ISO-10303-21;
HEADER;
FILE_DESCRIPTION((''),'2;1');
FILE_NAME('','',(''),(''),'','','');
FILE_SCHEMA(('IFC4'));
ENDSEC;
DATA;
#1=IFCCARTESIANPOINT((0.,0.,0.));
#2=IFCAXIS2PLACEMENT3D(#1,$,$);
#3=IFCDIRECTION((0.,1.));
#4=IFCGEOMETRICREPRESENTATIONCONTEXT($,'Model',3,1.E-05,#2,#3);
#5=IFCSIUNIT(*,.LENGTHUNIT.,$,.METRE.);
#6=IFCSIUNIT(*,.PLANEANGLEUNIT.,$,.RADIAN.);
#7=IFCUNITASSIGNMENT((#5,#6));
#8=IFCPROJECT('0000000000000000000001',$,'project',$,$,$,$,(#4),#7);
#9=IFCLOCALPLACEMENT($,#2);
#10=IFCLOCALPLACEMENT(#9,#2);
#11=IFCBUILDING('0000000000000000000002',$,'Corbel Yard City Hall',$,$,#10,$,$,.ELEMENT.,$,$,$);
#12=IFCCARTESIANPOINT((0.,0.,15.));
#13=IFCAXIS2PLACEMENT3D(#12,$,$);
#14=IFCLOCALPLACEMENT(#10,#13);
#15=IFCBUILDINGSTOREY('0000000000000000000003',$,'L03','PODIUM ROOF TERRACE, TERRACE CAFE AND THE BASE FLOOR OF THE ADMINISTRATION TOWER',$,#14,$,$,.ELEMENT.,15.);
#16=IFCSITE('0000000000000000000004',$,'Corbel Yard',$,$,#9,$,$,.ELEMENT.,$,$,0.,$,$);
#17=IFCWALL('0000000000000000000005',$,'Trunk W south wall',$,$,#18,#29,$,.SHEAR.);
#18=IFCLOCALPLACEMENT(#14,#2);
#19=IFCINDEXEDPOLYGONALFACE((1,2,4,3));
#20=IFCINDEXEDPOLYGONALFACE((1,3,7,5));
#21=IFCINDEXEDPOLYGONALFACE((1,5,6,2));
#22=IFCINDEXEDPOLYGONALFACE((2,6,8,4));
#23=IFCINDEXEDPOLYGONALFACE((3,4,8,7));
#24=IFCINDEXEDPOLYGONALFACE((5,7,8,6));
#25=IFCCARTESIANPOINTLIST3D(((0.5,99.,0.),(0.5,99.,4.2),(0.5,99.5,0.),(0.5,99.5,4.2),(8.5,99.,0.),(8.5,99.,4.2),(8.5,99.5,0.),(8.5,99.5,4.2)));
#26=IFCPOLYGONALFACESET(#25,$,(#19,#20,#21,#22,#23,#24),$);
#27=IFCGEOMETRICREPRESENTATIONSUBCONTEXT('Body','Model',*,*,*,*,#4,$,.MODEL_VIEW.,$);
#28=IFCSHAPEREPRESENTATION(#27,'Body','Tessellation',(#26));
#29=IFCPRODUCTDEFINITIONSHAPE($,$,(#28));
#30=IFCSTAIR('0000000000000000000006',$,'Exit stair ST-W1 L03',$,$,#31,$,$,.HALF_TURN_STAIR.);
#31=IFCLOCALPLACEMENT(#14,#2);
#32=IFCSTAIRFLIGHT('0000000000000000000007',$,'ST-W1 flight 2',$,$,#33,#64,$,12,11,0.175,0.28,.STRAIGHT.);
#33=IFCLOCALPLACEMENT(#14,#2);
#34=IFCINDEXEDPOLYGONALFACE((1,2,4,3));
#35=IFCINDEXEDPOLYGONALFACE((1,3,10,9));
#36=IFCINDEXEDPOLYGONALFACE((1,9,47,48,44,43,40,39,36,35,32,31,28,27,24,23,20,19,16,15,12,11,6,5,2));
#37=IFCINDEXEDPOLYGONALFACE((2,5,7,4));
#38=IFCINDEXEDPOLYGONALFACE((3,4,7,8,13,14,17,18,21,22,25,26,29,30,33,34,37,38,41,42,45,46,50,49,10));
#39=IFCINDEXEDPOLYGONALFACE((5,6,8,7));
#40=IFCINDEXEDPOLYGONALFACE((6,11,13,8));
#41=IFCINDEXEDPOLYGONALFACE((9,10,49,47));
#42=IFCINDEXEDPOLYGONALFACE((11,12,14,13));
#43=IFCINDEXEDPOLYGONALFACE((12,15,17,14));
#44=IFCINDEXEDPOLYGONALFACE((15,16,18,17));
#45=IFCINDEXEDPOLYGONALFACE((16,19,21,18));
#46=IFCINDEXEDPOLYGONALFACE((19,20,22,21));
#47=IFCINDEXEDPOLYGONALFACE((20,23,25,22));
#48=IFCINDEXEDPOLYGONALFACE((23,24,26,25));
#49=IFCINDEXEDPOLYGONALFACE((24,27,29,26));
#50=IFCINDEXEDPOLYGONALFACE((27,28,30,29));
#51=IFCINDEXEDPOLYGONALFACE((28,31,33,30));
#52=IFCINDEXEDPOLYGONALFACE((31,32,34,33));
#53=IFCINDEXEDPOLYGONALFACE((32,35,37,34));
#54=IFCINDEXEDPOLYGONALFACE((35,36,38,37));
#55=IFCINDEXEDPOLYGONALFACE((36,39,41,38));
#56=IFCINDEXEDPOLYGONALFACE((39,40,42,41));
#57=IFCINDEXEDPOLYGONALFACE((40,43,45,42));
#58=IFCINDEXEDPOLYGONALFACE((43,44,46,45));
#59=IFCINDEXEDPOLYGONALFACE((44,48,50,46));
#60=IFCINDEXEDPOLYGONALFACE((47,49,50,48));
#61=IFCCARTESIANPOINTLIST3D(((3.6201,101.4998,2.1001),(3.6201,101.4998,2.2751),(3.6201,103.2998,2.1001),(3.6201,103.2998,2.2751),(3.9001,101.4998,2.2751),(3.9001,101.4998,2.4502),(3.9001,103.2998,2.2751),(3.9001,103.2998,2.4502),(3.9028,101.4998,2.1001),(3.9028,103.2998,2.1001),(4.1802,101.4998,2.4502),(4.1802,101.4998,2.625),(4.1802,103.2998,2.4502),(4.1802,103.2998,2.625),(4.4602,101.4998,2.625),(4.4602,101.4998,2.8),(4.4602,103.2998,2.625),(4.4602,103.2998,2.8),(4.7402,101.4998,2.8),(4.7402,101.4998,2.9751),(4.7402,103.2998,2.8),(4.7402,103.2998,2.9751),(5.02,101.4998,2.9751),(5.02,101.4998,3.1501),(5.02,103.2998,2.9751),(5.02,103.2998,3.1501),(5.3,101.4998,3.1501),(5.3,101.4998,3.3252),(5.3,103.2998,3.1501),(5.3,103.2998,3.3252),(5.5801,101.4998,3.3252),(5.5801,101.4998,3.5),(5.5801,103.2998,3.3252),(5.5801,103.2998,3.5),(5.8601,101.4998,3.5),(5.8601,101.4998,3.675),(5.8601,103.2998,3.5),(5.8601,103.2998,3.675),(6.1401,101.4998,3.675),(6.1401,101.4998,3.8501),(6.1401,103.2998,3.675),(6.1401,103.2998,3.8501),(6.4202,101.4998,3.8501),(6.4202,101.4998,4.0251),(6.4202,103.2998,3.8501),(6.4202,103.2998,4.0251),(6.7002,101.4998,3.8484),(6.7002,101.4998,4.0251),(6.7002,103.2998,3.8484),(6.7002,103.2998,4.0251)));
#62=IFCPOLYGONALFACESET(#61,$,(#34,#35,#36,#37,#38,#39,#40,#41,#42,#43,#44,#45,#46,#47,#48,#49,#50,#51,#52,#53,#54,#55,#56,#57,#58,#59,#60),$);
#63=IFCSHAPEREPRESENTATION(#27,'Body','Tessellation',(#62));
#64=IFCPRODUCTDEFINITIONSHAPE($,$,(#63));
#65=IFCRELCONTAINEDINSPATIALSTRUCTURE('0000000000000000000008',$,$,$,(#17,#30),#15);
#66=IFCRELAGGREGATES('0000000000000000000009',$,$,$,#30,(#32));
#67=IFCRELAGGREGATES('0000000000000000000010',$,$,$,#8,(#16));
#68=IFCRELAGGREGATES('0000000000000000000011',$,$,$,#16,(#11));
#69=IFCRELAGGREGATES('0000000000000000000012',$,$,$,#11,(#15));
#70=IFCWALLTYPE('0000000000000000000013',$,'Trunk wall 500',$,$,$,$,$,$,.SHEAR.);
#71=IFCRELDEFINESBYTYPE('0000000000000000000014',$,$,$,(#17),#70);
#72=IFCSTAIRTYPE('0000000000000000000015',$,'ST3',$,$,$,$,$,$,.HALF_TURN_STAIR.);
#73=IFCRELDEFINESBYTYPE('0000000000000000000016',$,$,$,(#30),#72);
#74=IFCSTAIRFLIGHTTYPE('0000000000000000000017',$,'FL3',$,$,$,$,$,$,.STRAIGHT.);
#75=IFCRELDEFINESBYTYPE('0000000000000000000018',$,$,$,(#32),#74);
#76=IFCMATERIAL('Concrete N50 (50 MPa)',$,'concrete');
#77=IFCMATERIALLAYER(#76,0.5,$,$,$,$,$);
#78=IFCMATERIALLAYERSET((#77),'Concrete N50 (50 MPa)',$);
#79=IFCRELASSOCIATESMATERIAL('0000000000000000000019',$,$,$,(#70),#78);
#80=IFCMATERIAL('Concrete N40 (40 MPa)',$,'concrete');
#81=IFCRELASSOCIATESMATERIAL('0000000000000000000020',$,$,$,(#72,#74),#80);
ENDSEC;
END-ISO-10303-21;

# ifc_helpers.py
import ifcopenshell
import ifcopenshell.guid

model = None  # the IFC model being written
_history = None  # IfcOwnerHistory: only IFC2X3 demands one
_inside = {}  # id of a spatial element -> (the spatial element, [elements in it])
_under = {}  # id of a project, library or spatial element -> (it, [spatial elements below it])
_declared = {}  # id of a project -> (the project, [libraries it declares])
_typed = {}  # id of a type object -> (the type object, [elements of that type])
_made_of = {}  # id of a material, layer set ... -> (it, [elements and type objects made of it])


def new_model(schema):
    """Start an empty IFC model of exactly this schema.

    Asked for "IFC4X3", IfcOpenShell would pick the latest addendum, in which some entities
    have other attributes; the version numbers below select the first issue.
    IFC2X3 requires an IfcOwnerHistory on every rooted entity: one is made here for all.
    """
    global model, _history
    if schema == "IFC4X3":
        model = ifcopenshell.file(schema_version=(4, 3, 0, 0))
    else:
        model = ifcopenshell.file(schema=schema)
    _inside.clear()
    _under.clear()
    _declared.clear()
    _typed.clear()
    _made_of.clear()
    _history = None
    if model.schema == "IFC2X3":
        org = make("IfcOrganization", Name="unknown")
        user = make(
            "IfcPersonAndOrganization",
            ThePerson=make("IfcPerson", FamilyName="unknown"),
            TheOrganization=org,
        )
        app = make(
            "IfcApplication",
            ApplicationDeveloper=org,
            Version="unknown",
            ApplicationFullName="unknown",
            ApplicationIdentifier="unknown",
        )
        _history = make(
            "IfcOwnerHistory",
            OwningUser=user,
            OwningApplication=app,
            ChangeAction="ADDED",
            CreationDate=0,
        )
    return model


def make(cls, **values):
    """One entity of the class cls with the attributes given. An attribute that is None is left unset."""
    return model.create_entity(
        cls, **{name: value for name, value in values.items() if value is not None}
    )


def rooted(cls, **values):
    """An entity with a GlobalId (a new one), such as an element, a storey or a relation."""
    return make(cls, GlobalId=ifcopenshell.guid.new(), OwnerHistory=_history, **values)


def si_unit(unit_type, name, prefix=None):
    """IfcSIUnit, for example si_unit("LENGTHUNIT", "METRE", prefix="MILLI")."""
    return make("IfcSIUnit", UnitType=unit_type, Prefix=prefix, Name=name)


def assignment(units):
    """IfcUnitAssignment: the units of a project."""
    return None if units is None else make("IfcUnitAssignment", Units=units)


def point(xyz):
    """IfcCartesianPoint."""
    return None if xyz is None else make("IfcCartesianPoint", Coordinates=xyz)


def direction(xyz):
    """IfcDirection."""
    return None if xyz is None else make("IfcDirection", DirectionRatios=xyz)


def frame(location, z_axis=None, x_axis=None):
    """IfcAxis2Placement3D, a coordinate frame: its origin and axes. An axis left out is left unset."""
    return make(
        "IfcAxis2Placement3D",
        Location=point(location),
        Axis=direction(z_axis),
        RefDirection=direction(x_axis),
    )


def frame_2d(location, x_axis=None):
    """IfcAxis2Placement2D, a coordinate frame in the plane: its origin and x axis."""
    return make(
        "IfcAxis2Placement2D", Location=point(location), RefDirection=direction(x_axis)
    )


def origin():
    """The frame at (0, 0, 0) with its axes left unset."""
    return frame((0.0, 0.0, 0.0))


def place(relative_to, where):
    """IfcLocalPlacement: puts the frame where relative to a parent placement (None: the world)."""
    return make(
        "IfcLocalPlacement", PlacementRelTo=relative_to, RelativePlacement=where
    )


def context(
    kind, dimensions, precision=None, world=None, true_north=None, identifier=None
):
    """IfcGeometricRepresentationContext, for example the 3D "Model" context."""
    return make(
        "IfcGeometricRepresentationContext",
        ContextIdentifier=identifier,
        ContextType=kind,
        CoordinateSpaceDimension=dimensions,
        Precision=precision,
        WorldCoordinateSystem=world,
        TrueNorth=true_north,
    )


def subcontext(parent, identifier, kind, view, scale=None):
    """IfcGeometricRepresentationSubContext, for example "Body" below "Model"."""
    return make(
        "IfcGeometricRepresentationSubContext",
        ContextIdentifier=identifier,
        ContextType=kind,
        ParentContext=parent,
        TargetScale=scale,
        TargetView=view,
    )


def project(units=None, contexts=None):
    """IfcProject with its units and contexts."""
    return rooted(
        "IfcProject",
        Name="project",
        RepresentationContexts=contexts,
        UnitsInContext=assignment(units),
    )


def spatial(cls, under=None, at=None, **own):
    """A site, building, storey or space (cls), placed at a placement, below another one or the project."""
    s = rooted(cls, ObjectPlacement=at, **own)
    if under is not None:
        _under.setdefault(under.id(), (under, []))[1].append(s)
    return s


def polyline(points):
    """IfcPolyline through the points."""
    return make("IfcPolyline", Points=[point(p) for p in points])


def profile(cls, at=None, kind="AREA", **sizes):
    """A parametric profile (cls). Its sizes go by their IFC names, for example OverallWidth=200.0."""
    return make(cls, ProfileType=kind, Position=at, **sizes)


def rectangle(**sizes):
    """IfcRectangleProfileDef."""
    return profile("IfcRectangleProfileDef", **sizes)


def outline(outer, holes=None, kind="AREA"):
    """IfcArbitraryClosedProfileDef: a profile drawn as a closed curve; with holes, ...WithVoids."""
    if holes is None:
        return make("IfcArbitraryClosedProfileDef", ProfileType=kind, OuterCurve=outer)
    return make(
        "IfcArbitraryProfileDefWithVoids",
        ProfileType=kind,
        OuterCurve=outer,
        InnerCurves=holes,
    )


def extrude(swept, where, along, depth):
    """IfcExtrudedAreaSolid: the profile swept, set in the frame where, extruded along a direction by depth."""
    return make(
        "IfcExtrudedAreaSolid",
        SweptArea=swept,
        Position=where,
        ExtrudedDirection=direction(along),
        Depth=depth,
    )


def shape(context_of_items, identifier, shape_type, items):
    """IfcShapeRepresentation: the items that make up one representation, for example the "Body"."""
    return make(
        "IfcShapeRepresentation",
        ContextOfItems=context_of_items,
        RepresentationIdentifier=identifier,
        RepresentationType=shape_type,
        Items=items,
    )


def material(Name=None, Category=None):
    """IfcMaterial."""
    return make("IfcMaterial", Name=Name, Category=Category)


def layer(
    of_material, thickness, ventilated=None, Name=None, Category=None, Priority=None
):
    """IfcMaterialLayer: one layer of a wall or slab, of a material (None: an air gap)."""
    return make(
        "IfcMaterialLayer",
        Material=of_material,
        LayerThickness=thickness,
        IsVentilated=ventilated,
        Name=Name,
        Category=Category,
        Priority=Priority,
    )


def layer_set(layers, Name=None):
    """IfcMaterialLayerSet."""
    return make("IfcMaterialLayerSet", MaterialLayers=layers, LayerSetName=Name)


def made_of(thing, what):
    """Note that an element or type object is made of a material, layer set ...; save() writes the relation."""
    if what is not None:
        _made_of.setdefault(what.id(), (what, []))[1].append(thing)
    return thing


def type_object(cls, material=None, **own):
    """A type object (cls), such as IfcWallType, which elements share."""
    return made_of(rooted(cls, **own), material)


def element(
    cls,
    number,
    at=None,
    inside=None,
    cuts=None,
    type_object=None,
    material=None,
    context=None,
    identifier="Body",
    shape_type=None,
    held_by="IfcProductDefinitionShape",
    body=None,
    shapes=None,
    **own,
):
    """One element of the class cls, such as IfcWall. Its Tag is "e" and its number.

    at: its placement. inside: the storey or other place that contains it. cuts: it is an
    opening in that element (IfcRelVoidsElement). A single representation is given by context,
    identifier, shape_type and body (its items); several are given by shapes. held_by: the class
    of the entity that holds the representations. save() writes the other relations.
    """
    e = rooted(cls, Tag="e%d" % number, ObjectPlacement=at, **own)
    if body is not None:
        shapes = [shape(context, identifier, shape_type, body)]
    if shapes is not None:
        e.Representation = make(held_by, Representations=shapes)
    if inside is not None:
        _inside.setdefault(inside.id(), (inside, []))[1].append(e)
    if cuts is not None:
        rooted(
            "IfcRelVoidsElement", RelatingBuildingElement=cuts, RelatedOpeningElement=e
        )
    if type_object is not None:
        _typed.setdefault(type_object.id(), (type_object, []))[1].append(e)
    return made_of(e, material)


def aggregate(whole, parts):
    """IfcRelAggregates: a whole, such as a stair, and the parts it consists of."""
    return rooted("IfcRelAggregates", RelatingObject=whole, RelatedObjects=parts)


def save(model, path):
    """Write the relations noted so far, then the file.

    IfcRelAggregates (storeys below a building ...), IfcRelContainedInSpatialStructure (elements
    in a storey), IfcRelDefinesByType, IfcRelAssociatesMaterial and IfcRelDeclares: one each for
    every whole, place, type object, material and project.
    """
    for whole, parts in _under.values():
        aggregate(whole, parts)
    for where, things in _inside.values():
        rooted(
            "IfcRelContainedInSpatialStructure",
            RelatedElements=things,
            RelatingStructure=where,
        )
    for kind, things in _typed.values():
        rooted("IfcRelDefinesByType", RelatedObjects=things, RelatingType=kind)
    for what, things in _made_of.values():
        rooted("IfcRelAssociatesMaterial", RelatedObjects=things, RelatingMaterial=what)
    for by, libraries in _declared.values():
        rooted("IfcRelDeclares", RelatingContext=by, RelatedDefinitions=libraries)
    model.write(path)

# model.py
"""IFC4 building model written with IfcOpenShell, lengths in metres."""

from ifc_helpers import new_model, si_unit, direction, frame, frame_2d, origin, place, context, subcontext, project, spatial, polyline, rectangle, outline, extrude, material, layer, layer_set, type_object, element, aggregate, save


model = new_model("IFC4")

# Units and contexts
model_context = context("Model", 3, precision=1e-05, world=origin(), true_north=direction((0.0, 1.0)))
body_context = subcontext(model_context, "Body", "Model", "MODEL_VIEW")
ifc_project = project(units=[si_unit("LENGTHUNIT", "METRE"), si_unit("PLANEANGLEUNIT", "RADIAN")], contexts=[model_context])

# Site, building, storey
site_placement = place(None, origin())
site = spatial("IfcSite", under=ifc_project, at=site_placement, Name="Corbel Yard", CompositionType="ELEMENT", RefElevation=0.0)
building_placement = place(site_placement, origin())
building = spatial("IfcBuilding", under=site, at=building_placement, Name="Corbel Yard City Hall", CompositionType="ELEMENT")
storey_placement = place(building_placement, frame((0.0, 0.0, 15.0)))
storey = spatial("IfcBuildingStorey", under=building, at=storey_placement, Name="L03", Description="PODIUM ROOF TERRACE, TERRACE CAFE AND THE BASE FLOOR OF THE ADMINISTRATION TOWER", CompositionType="ELEMENT", Elevation=15.0)

# Shared definitions
ifc_material_1 = material(Name="Concrete N40 (40 MPa)", Category="concrete")

# Wall
ifc_material_2 = material(Name="Concrete N50 (50 MPa)", Category="concrete")
ifc_layer_1 = layer(ifc_material_2, 0.5)
ifc_layer_set_1 = layer_set([ifc_layer_1], Name="Concrete N50 (50 MPa)")
wall_type_1 = type_object("IfcWallType", Name="Trunk wall 500", PredefinedType="SHEAR", material=ifc_layer_set_1)
wall_1_placement = place(storey_placement, frame((0.5, 99.25, 0.0), z_axis=(0.0, 0.0, 1.0), x_axis=(1.0, 0.0, 0.0)))
element("IfcWall", 1, at=wall_1_placement, inside=storey, type_object=wall_type_1, Name="Trunk W south wall", PredefinedType="SHEAR", context=body_context, shape_type="SweptSolid", body=[
    extrude(rectangle(XDim=8.0, YDim=0.5, at=frame_2d((4.0, 0.0))), origin(), (0.0, 0.0, 1.0), 4.2),
])

# Stair, stair flight
stair_type = type_object("IfcStairType", Name="ST3", PredefinedType="HALF_TURN_STAIR", material=ifc_material_1)
stair_placement = place(storey_placement, origin())
stair = element("IfcStair", 2, at=stair_placement, inside=storey, type_object=stair_type, Name="Exit stair ST-W1 L03", PredefinedType="HALF_TURN_STAIR")
stair_flight_type = type_object("IfcStairFlightType", Name="FL3", PredefinedType="STRAIGHT", material=ifc_material_1)
stair_flight_placement = place(storey_placement, frame((3.6201, 102.3999, 2.1001), z_axis=(0.0, 0.0, 1.0), x_axis=(1.0, 0.0, 0.0)))
stair_flight = element("IfcStairFlight", 3, at=stair_flight_placement, type_object=stair_flight_type, Name="ST-W1 flight 2", NumberOfRisers=12, NumberOfTreads=11, PredefinedType="STRAIGHT", RiserHeight=0.175, TreadLength=0.28, context=body_context, shape_type="SweptSolid", body=[
    extrude(outline(polyline([(0.0, 0.0), (0.0, 0.175), (0.28, 0.175), (0.28, 0.3501), (0.5601, 0.3501), (0.5601, 0.5249), (0.8401, 0.5249), (0.8401, 0.7), (1.1201, 0.7), (1.1201, 0.875), (1.3999, 0.875), (1.3999, 1.05), (1.6799, 1.05), (1.6799, 1.2251), (1.96, 1.2251), (1.96, 1.3999), (2.24, 1.3999), (2.24, 1.575), (2.52, 1.575), (2.52, 1.75), (2.8, 1.75), (2.8, 1.925), (3.0801, 1.925), (3.0801, 2.1001), (3.0801, 1.7483), (0.2827, 0.0), (0.0, 0.0)])), frame((0.0, 0.8999, 0.0), z_axis=(0.0, -1.0, 0.0), x_axis=(1.0, 0.0, 0.0)), (0.0, 0.0, 1.0), 1.8),
])
aggregate(stair, [stair_flight])

save(model, "model.ifc")
